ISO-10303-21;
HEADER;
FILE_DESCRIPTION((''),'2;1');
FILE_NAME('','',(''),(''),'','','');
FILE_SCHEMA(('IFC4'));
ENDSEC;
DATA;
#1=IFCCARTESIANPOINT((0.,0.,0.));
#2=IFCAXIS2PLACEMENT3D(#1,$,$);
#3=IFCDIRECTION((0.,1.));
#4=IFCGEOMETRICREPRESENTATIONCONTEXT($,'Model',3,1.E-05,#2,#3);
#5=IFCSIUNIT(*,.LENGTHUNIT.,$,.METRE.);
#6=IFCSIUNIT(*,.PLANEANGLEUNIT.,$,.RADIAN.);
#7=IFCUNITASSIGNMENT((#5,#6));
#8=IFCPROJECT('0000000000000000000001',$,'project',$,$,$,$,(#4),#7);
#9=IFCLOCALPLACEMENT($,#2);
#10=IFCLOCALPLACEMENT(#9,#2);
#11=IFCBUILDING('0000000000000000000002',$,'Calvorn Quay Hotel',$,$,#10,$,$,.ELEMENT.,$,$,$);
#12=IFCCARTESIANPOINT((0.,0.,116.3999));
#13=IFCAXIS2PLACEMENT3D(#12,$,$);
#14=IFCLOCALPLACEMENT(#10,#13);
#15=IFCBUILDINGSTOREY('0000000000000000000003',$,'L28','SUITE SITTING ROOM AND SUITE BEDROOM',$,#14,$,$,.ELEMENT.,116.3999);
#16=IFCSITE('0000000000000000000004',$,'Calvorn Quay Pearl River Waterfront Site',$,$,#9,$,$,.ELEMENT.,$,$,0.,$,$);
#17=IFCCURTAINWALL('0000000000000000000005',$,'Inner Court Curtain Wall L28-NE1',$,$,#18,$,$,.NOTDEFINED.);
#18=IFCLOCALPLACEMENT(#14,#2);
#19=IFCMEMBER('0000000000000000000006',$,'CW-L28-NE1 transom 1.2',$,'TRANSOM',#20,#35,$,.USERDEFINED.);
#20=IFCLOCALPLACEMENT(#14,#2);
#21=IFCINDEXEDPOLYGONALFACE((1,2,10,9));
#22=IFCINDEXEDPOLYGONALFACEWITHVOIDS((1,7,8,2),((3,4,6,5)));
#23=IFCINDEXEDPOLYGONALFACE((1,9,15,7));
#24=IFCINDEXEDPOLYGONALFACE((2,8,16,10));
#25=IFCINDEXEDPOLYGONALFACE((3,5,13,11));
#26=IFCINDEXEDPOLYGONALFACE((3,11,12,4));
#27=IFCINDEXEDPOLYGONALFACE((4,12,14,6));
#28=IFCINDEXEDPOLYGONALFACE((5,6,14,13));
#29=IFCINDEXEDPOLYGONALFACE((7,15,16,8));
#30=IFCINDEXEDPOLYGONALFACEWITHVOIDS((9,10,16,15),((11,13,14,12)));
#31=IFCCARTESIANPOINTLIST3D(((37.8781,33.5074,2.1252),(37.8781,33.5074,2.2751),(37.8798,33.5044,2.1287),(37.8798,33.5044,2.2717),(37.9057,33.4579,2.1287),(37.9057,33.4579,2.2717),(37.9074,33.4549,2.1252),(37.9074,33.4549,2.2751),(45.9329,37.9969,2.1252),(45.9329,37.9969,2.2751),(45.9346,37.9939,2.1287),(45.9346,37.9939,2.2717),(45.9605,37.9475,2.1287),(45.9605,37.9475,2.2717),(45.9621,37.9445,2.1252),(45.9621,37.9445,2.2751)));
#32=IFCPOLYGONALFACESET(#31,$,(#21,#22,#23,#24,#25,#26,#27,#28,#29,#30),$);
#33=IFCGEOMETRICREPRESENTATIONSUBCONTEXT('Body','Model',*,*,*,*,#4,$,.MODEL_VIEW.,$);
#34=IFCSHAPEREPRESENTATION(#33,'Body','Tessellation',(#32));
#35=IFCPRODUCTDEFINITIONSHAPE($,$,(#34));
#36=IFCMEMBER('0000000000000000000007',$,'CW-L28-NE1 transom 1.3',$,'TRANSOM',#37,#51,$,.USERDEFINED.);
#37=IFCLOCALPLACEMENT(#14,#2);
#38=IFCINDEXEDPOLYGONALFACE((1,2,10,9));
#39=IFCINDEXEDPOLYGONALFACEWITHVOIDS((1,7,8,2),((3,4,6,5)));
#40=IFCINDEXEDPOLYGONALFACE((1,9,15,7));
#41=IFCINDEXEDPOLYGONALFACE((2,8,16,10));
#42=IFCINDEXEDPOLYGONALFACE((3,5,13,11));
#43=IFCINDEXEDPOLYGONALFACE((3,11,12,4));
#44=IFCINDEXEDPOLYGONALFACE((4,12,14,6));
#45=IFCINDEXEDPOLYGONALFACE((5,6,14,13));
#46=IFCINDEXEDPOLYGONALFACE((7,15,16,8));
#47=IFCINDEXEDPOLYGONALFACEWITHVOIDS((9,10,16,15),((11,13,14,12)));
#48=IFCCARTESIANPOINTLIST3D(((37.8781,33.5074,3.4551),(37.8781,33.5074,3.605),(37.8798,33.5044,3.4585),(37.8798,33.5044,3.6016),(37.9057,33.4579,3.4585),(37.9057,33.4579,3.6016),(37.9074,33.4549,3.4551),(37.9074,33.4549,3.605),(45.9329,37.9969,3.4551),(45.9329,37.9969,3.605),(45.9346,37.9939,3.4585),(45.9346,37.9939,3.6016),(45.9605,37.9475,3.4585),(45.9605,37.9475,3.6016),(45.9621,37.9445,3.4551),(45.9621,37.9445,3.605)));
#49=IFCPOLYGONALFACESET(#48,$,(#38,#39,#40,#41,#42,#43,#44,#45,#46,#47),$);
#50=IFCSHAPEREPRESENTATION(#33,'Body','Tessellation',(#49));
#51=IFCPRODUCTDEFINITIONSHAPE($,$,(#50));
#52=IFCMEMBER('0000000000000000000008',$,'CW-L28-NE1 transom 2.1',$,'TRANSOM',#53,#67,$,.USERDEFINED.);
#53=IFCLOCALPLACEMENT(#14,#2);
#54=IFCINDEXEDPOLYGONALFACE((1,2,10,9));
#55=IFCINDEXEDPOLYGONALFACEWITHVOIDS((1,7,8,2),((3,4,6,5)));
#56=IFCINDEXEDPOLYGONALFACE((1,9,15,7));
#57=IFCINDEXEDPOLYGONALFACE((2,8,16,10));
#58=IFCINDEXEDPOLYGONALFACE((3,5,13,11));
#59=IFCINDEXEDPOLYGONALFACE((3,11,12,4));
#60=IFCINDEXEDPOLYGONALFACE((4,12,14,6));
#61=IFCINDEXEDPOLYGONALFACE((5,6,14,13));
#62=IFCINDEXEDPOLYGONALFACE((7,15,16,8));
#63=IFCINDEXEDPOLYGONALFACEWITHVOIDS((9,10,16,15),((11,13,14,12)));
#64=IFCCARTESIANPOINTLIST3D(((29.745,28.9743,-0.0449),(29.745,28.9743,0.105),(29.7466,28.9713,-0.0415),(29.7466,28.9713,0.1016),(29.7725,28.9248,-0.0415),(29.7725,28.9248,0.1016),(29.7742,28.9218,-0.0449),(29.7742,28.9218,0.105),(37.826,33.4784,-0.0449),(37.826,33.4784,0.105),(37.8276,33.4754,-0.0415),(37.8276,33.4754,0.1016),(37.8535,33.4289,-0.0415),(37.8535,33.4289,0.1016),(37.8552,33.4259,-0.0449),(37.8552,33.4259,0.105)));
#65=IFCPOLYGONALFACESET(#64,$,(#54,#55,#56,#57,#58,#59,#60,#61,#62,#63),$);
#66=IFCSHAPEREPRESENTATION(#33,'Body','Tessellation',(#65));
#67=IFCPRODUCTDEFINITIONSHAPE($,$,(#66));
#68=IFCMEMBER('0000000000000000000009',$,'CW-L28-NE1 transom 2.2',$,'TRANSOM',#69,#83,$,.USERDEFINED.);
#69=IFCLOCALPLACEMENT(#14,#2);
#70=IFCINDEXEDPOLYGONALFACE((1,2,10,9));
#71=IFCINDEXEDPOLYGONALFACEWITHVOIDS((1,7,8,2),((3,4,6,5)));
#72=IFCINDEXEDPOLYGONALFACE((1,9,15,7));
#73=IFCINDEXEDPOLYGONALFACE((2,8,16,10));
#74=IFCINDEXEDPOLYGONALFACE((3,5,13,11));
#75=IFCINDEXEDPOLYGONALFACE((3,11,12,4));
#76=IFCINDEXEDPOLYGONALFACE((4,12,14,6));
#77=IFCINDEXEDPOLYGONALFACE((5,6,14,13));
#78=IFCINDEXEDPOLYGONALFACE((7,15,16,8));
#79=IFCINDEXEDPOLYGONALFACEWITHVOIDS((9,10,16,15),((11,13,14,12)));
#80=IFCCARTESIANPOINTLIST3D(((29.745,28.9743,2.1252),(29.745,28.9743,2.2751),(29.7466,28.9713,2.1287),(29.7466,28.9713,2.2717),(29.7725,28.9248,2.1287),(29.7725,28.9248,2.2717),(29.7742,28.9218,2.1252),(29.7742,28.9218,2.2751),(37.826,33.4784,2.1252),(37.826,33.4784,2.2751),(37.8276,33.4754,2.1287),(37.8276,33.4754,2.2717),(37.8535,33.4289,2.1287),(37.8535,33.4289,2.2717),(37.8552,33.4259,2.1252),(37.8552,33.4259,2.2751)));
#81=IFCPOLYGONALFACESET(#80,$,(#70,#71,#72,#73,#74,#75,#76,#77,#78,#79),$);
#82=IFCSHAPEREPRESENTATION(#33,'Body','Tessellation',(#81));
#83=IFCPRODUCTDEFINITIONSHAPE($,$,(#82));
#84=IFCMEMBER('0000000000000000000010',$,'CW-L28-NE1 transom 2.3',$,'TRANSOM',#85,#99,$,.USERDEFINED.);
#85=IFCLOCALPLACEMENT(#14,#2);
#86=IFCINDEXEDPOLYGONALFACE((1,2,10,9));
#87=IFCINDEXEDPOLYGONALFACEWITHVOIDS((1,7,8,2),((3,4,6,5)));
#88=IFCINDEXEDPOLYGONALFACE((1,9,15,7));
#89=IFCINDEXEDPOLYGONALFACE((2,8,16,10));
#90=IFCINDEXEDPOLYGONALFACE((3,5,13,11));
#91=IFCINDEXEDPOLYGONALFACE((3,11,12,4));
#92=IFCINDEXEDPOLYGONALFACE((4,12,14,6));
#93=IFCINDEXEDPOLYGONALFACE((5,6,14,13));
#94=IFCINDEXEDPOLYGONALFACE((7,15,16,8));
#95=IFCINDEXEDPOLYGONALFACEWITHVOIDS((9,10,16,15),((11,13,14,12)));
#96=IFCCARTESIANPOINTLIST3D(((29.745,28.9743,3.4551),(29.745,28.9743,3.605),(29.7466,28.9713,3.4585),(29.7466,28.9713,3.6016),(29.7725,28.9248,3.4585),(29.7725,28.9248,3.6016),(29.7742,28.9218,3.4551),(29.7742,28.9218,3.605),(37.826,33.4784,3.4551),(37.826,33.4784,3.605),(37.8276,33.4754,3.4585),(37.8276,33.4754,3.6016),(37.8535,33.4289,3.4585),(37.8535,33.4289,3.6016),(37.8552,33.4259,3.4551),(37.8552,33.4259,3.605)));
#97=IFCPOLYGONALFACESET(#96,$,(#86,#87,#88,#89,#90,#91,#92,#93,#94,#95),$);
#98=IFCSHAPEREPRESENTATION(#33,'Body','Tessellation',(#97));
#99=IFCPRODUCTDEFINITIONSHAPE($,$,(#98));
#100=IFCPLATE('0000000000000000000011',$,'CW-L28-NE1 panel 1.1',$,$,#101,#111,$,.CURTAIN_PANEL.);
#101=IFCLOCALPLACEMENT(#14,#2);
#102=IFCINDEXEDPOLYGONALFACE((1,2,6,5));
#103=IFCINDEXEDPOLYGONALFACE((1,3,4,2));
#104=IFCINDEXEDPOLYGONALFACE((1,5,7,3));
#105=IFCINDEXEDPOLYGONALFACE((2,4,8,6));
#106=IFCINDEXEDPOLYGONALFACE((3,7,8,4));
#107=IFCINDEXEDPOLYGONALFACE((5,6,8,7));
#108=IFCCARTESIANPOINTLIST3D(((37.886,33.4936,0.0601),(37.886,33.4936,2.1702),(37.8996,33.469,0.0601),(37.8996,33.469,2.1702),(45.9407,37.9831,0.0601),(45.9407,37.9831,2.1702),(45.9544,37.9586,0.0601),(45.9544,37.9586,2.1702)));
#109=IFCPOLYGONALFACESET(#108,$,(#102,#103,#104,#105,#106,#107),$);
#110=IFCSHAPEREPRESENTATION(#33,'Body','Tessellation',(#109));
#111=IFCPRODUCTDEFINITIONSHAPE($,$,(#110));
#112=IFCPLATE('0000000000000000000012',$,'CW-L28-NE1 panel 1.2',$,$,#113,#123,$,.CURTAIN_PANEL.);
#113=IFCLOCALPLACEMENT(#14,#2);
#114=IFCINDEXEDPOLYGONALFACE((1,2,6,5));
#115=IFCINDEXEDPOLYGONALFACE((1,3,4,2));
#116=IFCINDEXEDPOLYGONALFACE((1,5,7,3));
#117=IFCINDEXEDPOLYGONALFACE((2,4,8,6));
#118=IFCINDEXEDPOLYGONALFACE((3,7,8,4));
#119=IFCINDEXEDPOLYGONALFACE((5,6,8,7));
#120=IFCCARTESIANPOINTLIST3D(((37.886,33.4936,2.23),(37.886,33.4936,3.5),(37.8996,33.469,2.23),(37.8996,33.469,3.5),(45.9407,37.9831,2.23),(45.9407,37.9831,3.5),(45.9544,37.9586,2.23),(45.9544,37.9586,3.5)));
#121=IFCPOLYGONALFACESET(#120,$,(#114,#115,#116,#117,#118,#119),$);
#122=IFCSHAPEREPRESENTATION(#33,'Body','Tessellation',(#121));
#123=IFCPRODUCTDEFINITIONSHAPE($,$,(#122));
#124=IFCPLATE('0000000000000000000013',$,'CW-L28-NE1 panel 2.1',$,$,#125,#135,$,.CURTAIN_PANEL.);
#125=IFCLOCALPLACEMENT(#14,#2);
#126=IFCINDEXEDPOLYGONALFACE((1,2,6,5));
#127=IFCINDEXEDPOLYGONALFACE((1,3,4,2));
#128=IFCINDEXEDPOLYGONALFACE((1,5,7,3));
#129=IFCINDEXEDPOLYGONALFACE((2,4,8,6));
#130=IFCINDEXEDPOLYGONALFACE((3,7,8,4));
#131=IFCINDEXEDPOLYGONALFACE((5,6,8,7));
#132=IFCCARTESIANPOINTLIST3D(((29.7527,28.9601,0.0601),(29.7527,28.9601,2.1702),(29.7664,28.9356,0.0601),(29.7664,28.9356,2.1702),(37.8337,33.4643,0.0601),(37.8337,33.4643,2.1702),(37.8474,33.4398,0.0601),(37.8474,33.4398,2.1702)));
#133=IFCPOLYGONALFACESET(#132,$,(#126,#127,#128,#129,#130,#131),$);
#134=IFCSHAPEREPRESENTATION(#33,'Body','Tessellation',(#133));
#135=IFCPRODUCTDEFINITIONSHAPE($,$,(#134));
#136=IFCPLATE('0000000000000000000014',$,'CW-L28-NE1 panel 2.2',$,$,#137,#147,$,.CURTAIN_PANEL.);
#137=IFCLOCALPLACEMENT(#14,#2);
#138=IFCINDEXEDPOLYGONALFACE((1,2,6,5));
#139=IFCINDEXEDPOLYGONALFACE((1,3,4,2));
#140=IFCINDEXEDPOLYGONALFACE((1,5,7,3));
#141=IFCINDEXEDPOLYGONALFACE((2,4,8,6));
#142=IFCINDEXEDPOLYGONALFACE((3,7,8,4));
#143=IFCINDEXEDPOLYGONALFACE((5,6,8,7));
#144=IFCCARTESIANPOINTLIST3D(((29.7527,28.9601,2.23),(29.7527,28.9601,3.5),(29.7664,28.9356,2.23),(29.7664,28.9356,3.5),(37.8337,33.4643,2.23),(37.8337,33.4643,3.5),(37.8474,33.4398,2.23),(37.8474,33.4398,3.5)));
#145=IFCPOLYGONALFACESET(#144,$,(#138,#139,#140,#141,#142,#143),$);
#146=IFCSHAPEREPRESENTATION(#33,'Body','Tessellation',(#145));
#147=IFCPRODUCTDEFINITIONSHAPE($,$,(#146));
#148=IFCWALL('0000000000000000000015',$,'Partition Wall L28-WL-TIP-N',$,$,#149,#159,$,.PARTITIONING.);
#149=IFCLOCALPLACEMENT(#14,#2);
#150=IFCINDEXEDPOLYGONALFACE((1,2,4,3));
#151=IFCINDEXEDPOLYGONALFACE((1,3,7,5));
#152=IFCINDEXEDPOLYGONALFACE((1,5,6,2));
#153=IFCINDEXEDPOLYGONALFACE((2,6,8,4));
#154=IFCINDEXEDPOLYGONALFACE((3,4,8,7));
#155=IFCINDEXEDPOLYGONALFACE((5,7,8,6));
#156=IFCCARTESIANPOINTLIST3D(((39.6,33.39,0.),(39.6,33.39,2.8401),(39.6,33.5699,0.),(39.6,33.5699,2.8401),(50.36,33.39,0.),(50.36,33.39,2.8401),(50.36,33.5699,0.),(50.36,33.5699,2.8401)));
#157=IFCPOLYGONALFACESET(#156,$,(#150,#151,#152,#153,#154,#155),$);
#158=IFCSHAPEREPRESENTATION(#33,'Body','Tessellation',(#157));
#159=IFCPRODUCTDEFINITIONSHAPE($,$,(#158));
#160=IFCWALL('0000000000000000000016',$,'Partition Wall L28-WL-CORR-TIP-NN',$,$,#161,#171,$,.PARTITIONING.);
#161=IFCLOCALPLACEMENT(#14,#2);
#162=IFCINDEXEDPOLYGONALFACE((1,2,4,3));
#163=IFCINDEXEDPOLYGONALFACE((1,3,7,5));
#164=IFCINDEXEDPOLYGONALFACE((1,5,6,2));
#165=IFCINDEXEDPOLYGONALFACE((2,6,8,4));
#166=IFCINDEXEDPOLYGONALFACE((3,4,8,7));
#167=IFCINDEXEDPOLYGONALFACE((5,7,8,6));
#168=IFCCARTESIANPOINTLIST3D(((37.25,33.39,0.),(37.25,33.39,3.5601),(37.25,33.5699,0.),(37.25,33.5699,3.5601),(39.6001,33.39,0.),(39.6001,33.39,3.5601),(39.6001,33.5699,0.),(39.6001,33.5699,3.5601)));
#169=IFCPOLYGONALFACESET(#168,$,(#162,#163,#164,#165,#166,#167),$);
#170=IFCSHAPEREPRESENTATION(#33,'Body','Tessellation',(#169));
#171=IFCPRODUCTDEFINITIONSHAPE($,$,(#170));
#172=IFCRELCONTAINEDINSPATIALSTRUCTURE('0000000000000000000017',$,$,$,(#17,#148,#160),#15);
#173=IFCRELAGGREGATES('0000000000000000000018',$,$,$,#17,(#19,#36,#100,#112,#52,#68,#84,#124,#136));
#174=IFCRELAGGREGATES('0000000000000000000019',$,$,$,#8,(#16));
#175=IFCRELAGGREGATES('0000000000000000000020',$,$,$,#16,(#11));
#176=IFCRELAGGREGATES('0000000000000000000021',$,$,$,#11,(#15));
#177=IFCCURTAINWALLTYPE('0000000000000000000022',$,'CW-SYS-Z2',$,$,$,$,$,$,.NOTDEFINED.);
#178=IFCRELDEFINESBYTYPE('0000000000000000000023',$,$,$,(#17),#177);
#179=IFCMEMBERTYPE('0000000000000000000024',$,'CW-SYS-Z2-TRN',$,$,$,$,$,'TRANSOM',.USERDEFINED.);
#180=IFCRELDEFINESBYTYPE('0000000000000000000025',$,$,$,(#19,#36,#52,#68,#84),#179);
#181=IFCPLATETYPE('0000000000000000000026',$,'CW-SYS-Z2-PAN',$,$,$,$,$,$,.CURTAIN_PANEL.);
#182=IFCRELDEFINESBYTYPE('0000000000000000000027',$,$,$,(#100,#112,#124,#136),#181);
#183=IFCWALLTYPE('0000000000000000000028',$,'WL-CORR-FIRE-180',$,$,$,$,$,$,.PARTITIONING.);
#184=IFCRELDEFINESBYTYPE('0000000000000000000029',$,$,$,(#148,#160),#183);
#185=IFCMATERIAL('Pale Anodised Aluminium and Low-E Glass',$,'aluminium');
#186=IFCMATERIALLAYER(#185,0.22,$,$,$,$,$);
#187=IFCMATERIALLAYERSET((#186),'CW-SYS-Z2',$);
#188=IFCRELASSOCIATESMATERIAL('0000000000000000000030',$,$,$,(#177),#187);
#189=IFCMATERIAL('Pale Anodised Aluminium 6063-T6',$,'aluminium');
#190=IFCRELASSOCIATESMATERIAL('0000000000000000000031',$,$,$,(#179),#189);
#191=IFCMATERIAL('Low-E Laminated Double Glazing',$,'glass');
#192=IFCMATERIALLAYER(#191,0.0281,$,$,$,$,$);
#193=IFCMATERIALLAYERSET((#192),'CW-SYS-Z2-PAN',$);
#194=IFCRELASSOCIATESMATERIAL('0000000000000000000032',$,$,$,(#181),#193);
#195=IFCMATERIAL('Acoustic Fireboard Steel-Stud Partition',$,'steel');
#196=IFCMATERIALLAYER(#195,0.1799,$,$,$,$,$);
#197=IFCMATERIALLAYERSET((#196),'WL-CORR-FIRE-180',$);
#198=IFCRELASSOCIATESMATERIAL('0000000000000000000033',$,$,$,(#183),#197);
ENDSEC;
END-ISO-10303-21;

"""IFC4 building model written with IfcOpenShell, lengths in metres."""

from ifc_helpers import new_model, si_unit, direction, frame, frame_2d, origin, origin_2d, place, context, subcontext, project, spatial, rectangle, hollow_rectangle, extrude, material, layer, layer_set, material_profile, profile_set, type_object, element, aggregate, save


model = new_model("IFC4")

# Units and contexts
model_context = context("Model", 3, precision=1e-05, world=origin(), true_north=direction((0.0, 1.0)))
body_context = subcontext(model_context, "Body", "Model", "MODEL_VIEW")
ifc_project = project(units=[si_unit("LENGTHUNIT", "METRE"), si_unit("PLANEANGLEUNIT", "RADIAN")], contexts=[model_context])

# Site, building, storey
site_placement = place(None, origin())
site = spatial("IfcSite", under=ifc_project, at=site_placement, Name="Calvorn Quay Pearl River Waterfront Site", CompositionType="ELEMENT", RefElevation=0.0)
building_placement = place(site_placement, origin())
building = spatial("IfcBuilding", under=site, at=building_placement, Name="Calvorn Quay Hotel", CompositionType="ELEMENT")
storey_placement = place(building_placement, frame((0.0, 0.0, 116.3999)))
storey = spatial("IfcBuildingStorey", under=building, at=storey_placement, Name="L28", Description="SUITE SITTING ROOM AND SUITE BEDROOM", CompositionType="ELEMENT", Elevation=116.3999)

# Curtain wall, members, plates
ifc_material_1 = material(Name="Pale Anodised Aluminium and Low-E Glass", Category="aluminium")
ifc_layer_1 = layer(ifc_material_1, 0.22)
ifc_layer_set_1 = layer_set([ifc_layer_1], Name="CW-SYS-Z2")
curtain_wall_type = type_object("IfcCurtainWallType", Name="CW-SYS-Z2", PredefinedType="NOTDEFINED", material=ifc_layer_set_1)
curtain_wall_placement = place(storey_placement, origin())
curtain_wall = element("IfcCurtainWall", 1, at=curtain_wall_placement, inside=storey, type_object=curtain_wall_type, Name="Inner Court Curtain Wall L28-NE1", PredefinedType="NOTDEFINED")
ifc_material_2 = material(Name="Pale Anodised Aluminium 6063-T6", Category="aluminium")
ifc_material_profile_1 = material_profile(ifc_material_2, hollow_rectangle(XDim=0.0601, YDim=0.1499, WallThickness=0.0034, at=origin_2d()), Name="ALU-T150x60x3.5")
ifc_profile_set_1 = profile_set([ifc_material_profile_1], Name="Pale Anodised Aluminium 6063-T6")
member_type_1 = type_object("IfcMemberType", Name="CW-SYS-Z2-TRN", ElementType="TRANSOM", PredefinedType="USERDEFINED", material=ifc_profile_set_1)
member_1_placement = place(storey_placement, frame((45.9475, 37.9707, 2.2002), z_axis=(-0.873481, -0.486859, 0.0), x_axis=(0.486859, -0.873481, 0.0)))
member_1 = element("IfcMember", 2, at=member_1_placement, type_object=member_type_1, Name="CW-L28-NE1 transom 1.2", ObjectType="TRANSOM", PredefinedType="USERDEFINED", context=body_context, shape_type="SweptSolid", body=[
    extrude(hollow_rectangle(XDim=0.0601, YDim=0.1499, WallThickness=0.0034, at=origin_2d()), origin(), (0.0, 0.0, 1.0), 9.2214),
])
member_2_placement = place(storey_placement, frame((45.9475, 37.9707, 3.53), z_axis=(-0.873481, -0.486859, 0.0), x_axis=(0.486859, -0.873481, 0.0)))
member_2 = element("IfcMember", 3, at=member_2_placement, type_object=member_type_1, Name="CW-L28-NE1 transom 1.3", ObjectType="TRANSOM", PredefinedType="USERDEFINED", context=body_context, shape_type="SweptSolid", body=[
    extrude(hollow_rectangle(XDim=0.0601, YDim=0.1499, WallThickness=0.0034, at=origin_2d()), origin(), (0.0, 0.0, 1.0), 9.2214),
])
member_3_placement = place(storey_placement, frame((37.8406, 33.4521, 0.03), z_axis=(-0.873483, -0.486855, 0.0), x_axis=(0.486855, -0.873483, 0.0)))
member_3 = element("IfcMember", 4, at=member_3_placement, type_object=member_type_1, Name="CW-L28-NE1 transom 2.1", ObjectType="TRANSOM", PredefinedType="USERDEFINED", context=body_context, shape_type="SweptSolid", body=[
    extrude(hollow_rectangle(XDim=0.0601, YDim=0.1499, WallThickness=0.0034, at=origin_2d()), origin(), (0.0, 0.0, 1.0), 9.2515),
])
member_4_placement = place(storey_placement, frame((37.8406, 33.4521, 2.2002), z_axis=(-0.873483, -0.486855, 0.0), x_axis=(0.486855, -0.873483, 0.0)))
member_4 = element("IfcMember", 5, at=member_4_placement, type_object=member_type_1, Name="CW-L28-NE1 transom 2.2", ObjectType="TRANSOM", PredefinedType="USERDEFINED", context=body_context, shape_type="SweptSolid", body=[
    extrude(hollow_rectangle(XDim=0.0601, YDim=0.1499, WallThickness=0.0034, at=origin_2d()), origin(), (0.0, 0.0, 1.0), 9.2515),
])
member_5_placement = place(storey_placement, frame((37.8406, 33.4521, 3.53), z_axis=(-0.873483, -0.486855, 0.0), x_axis=(0.486855, -0.873483, 0.0)))
member_5 = element("IfcMember", 6, at=member_5_placement, type_object=member_type_1, Name="CW-L28-NE1 transom 2.3", ObjectType="TRANSOM", PredefinedType="USERDEFINED", context=body_context, shape_type="SweptSolid", body=[
    extrude(hollow_rectangle(XDim=0.0601, YDim=0.1499, WallThickness=0.0034, at=origin_2d()), origin(), (0.0, 0.0, 1.0), 9.2515),
])
ifc_material_3 = material(Name="Low-E Laminated Double Glazing", Category="glass")
ifc_layer_2 = layer(ifc_material_3, 0.0281)
ifc_layer_set_2 = layer_set([ifc_layer_2], Name="CW-SYS-Z2-PAN")
plate_type = type_object("IfcPlateType", Name="CW-SYS-Z2-PAN", PredefinedType="CURTAIN_PANEL", material=ifc_layer_set_2)
plate_1_placement = place(storey_placement, frame((41.9202, 35.7261, 0.0601), z_axis=(0.0, 0.0, 1.0), x_axis=(-0.873481, -0.486858, 0.0)))
plate_1 = element("IfcPlate", 7, at=plate_1_placement, type_object=plate_type, Name="CW-L28-NE1 panel 1.1", PredefinedType="CURTAIN_PANEL", context=body_context, shape_type="SweptSolid", body=[
    extrude(rectangle(XDim=9.2214, YDim=0.0281, at=origin_2d()), origin(), (0.0, 0.0, 1.0), 2.1101),
])
plate_2_placement = place(storey_placement, frame((41.9202, 35.7261, 2.23), z_axis=(0.0, 0.0, 1.0), x_axis=(-0.873481, -0.486858, 0.0)))
plate_2 = element("IfcPlate", 8, at=plate_2_placement, type_object=plate_type, Name="CW-L28-NE1 panel 1.2", PredefinedType="CURTAIN_PANEL", context=body_context, shape_type="SweptSolid", body=[
    extrude(rectangle(XDim=9.2214, YDim=0.0281, at=origin_2d()), origin(), (0.0, 0.0, 1.0), 1.27),
])
plate_3_placement = place(storey_placement, frame((33.8, 31.2, 0.0601), z_axis=(0.0, 0.0, 1.0), x_axis=(-0.873481, -0.486858, 0.0)))
plate_3 = element("IfcPlate", 9, at=plate_3_placement, type_object=plate_type, Name="CW-L28-NE1 panel 2.1", PredefinedType="CURTAIN_PANEL", context=body_context, shape_type="SweptSolid", body=[
    extrude(rectangle(XDim=9.2515, YDim=0.0281, at=origin_2d()), origin(), (0.0, 0.0, 1.0), 2.1101),
])
plate_4_placement = place(storey_placement, frame((33.8, 31.2, 2.23), z_axis=(0.0, 0.0, 1.0), x_axis=(-0.873481, -0.486858, 0.0)))
plate_4 = element("IfcPlate", 10, at=plate_4_placement, type_object=plate_type, Name="CW-L28-NE1 panel 2.2", PredefinedType="CURTAIN_PANEL", context=body_context, shape_type="SweptSolid", body=[
    extrude(rectangle(XDim=9.2515, YDim=0.0281, at=origin_2d()), origin(), (0.0, 0.0, 1.0), 1.27),
])
aggregate(curtain_wall, [member_1, member_2, plate_1, plate_2, member_3, member_4, member_5, plate_3, plate_4])

# Walls
ifc_material_4 = material(Name="Acoustic Fireboard Steel-Stud Partition", Category="steel")
ifc_layer_3 = layer(ifc_material_4, 0.1799)
ifc_layer_set_3 = layer_set([ifc_layer_3], Name="WL-CORR-FIRE-180")
wall_type_1 = type_object("IfcWallType", Name="WL-CORR-FIRE-180", PredefinedType="PARTITIONING", material=ifc_layer_set_3)
wall_1_placement = place(storey_placement, frame((39.6001, 33.48, 0.0), z_axis=(0.0, 0.0, 1.0), x_axis=(1.0, 0.0, 0.0)))
element("IfcWall", 11, at=wall_1_placement, inside=storey, type_object=wall_type_1, Name="Partition Wall L28-WL-TIP-N", PredefinedType="PARTITIONING", context=body_context, shape_type="SweptSolid", body=[
    extrude(rectangle(XDim=10.76, YDim=0.1799, at=frame_2d((5.3799, 0.0))), origin(), (0.0, 0.0, 1.0), 2.8401),
])
wall_2_placement = place(storey_placement, frame((37.25, 33.48, 0.0), z_axis=(0.0, 0.0, 1.0), x_axis=(1.0, 0.0, 0.0)))
element("IfcWall", 12, at=wall_2_placement, inside=storey, type_object=wall_type_1, Name="Partition Wall L28-WL-CORR-TIP-NN", PredefinedType="PARTITIONING", context=body_context, shape_type="SweptSolid", body=[
    extrude(rectangle(XDim=2.3501, YDim=0.1799, at=frame_2d((1.175, 0.0))), origin(), (0.0, 0.0, 1.0), 3.5601),
])

save(model, "model.ifc")
